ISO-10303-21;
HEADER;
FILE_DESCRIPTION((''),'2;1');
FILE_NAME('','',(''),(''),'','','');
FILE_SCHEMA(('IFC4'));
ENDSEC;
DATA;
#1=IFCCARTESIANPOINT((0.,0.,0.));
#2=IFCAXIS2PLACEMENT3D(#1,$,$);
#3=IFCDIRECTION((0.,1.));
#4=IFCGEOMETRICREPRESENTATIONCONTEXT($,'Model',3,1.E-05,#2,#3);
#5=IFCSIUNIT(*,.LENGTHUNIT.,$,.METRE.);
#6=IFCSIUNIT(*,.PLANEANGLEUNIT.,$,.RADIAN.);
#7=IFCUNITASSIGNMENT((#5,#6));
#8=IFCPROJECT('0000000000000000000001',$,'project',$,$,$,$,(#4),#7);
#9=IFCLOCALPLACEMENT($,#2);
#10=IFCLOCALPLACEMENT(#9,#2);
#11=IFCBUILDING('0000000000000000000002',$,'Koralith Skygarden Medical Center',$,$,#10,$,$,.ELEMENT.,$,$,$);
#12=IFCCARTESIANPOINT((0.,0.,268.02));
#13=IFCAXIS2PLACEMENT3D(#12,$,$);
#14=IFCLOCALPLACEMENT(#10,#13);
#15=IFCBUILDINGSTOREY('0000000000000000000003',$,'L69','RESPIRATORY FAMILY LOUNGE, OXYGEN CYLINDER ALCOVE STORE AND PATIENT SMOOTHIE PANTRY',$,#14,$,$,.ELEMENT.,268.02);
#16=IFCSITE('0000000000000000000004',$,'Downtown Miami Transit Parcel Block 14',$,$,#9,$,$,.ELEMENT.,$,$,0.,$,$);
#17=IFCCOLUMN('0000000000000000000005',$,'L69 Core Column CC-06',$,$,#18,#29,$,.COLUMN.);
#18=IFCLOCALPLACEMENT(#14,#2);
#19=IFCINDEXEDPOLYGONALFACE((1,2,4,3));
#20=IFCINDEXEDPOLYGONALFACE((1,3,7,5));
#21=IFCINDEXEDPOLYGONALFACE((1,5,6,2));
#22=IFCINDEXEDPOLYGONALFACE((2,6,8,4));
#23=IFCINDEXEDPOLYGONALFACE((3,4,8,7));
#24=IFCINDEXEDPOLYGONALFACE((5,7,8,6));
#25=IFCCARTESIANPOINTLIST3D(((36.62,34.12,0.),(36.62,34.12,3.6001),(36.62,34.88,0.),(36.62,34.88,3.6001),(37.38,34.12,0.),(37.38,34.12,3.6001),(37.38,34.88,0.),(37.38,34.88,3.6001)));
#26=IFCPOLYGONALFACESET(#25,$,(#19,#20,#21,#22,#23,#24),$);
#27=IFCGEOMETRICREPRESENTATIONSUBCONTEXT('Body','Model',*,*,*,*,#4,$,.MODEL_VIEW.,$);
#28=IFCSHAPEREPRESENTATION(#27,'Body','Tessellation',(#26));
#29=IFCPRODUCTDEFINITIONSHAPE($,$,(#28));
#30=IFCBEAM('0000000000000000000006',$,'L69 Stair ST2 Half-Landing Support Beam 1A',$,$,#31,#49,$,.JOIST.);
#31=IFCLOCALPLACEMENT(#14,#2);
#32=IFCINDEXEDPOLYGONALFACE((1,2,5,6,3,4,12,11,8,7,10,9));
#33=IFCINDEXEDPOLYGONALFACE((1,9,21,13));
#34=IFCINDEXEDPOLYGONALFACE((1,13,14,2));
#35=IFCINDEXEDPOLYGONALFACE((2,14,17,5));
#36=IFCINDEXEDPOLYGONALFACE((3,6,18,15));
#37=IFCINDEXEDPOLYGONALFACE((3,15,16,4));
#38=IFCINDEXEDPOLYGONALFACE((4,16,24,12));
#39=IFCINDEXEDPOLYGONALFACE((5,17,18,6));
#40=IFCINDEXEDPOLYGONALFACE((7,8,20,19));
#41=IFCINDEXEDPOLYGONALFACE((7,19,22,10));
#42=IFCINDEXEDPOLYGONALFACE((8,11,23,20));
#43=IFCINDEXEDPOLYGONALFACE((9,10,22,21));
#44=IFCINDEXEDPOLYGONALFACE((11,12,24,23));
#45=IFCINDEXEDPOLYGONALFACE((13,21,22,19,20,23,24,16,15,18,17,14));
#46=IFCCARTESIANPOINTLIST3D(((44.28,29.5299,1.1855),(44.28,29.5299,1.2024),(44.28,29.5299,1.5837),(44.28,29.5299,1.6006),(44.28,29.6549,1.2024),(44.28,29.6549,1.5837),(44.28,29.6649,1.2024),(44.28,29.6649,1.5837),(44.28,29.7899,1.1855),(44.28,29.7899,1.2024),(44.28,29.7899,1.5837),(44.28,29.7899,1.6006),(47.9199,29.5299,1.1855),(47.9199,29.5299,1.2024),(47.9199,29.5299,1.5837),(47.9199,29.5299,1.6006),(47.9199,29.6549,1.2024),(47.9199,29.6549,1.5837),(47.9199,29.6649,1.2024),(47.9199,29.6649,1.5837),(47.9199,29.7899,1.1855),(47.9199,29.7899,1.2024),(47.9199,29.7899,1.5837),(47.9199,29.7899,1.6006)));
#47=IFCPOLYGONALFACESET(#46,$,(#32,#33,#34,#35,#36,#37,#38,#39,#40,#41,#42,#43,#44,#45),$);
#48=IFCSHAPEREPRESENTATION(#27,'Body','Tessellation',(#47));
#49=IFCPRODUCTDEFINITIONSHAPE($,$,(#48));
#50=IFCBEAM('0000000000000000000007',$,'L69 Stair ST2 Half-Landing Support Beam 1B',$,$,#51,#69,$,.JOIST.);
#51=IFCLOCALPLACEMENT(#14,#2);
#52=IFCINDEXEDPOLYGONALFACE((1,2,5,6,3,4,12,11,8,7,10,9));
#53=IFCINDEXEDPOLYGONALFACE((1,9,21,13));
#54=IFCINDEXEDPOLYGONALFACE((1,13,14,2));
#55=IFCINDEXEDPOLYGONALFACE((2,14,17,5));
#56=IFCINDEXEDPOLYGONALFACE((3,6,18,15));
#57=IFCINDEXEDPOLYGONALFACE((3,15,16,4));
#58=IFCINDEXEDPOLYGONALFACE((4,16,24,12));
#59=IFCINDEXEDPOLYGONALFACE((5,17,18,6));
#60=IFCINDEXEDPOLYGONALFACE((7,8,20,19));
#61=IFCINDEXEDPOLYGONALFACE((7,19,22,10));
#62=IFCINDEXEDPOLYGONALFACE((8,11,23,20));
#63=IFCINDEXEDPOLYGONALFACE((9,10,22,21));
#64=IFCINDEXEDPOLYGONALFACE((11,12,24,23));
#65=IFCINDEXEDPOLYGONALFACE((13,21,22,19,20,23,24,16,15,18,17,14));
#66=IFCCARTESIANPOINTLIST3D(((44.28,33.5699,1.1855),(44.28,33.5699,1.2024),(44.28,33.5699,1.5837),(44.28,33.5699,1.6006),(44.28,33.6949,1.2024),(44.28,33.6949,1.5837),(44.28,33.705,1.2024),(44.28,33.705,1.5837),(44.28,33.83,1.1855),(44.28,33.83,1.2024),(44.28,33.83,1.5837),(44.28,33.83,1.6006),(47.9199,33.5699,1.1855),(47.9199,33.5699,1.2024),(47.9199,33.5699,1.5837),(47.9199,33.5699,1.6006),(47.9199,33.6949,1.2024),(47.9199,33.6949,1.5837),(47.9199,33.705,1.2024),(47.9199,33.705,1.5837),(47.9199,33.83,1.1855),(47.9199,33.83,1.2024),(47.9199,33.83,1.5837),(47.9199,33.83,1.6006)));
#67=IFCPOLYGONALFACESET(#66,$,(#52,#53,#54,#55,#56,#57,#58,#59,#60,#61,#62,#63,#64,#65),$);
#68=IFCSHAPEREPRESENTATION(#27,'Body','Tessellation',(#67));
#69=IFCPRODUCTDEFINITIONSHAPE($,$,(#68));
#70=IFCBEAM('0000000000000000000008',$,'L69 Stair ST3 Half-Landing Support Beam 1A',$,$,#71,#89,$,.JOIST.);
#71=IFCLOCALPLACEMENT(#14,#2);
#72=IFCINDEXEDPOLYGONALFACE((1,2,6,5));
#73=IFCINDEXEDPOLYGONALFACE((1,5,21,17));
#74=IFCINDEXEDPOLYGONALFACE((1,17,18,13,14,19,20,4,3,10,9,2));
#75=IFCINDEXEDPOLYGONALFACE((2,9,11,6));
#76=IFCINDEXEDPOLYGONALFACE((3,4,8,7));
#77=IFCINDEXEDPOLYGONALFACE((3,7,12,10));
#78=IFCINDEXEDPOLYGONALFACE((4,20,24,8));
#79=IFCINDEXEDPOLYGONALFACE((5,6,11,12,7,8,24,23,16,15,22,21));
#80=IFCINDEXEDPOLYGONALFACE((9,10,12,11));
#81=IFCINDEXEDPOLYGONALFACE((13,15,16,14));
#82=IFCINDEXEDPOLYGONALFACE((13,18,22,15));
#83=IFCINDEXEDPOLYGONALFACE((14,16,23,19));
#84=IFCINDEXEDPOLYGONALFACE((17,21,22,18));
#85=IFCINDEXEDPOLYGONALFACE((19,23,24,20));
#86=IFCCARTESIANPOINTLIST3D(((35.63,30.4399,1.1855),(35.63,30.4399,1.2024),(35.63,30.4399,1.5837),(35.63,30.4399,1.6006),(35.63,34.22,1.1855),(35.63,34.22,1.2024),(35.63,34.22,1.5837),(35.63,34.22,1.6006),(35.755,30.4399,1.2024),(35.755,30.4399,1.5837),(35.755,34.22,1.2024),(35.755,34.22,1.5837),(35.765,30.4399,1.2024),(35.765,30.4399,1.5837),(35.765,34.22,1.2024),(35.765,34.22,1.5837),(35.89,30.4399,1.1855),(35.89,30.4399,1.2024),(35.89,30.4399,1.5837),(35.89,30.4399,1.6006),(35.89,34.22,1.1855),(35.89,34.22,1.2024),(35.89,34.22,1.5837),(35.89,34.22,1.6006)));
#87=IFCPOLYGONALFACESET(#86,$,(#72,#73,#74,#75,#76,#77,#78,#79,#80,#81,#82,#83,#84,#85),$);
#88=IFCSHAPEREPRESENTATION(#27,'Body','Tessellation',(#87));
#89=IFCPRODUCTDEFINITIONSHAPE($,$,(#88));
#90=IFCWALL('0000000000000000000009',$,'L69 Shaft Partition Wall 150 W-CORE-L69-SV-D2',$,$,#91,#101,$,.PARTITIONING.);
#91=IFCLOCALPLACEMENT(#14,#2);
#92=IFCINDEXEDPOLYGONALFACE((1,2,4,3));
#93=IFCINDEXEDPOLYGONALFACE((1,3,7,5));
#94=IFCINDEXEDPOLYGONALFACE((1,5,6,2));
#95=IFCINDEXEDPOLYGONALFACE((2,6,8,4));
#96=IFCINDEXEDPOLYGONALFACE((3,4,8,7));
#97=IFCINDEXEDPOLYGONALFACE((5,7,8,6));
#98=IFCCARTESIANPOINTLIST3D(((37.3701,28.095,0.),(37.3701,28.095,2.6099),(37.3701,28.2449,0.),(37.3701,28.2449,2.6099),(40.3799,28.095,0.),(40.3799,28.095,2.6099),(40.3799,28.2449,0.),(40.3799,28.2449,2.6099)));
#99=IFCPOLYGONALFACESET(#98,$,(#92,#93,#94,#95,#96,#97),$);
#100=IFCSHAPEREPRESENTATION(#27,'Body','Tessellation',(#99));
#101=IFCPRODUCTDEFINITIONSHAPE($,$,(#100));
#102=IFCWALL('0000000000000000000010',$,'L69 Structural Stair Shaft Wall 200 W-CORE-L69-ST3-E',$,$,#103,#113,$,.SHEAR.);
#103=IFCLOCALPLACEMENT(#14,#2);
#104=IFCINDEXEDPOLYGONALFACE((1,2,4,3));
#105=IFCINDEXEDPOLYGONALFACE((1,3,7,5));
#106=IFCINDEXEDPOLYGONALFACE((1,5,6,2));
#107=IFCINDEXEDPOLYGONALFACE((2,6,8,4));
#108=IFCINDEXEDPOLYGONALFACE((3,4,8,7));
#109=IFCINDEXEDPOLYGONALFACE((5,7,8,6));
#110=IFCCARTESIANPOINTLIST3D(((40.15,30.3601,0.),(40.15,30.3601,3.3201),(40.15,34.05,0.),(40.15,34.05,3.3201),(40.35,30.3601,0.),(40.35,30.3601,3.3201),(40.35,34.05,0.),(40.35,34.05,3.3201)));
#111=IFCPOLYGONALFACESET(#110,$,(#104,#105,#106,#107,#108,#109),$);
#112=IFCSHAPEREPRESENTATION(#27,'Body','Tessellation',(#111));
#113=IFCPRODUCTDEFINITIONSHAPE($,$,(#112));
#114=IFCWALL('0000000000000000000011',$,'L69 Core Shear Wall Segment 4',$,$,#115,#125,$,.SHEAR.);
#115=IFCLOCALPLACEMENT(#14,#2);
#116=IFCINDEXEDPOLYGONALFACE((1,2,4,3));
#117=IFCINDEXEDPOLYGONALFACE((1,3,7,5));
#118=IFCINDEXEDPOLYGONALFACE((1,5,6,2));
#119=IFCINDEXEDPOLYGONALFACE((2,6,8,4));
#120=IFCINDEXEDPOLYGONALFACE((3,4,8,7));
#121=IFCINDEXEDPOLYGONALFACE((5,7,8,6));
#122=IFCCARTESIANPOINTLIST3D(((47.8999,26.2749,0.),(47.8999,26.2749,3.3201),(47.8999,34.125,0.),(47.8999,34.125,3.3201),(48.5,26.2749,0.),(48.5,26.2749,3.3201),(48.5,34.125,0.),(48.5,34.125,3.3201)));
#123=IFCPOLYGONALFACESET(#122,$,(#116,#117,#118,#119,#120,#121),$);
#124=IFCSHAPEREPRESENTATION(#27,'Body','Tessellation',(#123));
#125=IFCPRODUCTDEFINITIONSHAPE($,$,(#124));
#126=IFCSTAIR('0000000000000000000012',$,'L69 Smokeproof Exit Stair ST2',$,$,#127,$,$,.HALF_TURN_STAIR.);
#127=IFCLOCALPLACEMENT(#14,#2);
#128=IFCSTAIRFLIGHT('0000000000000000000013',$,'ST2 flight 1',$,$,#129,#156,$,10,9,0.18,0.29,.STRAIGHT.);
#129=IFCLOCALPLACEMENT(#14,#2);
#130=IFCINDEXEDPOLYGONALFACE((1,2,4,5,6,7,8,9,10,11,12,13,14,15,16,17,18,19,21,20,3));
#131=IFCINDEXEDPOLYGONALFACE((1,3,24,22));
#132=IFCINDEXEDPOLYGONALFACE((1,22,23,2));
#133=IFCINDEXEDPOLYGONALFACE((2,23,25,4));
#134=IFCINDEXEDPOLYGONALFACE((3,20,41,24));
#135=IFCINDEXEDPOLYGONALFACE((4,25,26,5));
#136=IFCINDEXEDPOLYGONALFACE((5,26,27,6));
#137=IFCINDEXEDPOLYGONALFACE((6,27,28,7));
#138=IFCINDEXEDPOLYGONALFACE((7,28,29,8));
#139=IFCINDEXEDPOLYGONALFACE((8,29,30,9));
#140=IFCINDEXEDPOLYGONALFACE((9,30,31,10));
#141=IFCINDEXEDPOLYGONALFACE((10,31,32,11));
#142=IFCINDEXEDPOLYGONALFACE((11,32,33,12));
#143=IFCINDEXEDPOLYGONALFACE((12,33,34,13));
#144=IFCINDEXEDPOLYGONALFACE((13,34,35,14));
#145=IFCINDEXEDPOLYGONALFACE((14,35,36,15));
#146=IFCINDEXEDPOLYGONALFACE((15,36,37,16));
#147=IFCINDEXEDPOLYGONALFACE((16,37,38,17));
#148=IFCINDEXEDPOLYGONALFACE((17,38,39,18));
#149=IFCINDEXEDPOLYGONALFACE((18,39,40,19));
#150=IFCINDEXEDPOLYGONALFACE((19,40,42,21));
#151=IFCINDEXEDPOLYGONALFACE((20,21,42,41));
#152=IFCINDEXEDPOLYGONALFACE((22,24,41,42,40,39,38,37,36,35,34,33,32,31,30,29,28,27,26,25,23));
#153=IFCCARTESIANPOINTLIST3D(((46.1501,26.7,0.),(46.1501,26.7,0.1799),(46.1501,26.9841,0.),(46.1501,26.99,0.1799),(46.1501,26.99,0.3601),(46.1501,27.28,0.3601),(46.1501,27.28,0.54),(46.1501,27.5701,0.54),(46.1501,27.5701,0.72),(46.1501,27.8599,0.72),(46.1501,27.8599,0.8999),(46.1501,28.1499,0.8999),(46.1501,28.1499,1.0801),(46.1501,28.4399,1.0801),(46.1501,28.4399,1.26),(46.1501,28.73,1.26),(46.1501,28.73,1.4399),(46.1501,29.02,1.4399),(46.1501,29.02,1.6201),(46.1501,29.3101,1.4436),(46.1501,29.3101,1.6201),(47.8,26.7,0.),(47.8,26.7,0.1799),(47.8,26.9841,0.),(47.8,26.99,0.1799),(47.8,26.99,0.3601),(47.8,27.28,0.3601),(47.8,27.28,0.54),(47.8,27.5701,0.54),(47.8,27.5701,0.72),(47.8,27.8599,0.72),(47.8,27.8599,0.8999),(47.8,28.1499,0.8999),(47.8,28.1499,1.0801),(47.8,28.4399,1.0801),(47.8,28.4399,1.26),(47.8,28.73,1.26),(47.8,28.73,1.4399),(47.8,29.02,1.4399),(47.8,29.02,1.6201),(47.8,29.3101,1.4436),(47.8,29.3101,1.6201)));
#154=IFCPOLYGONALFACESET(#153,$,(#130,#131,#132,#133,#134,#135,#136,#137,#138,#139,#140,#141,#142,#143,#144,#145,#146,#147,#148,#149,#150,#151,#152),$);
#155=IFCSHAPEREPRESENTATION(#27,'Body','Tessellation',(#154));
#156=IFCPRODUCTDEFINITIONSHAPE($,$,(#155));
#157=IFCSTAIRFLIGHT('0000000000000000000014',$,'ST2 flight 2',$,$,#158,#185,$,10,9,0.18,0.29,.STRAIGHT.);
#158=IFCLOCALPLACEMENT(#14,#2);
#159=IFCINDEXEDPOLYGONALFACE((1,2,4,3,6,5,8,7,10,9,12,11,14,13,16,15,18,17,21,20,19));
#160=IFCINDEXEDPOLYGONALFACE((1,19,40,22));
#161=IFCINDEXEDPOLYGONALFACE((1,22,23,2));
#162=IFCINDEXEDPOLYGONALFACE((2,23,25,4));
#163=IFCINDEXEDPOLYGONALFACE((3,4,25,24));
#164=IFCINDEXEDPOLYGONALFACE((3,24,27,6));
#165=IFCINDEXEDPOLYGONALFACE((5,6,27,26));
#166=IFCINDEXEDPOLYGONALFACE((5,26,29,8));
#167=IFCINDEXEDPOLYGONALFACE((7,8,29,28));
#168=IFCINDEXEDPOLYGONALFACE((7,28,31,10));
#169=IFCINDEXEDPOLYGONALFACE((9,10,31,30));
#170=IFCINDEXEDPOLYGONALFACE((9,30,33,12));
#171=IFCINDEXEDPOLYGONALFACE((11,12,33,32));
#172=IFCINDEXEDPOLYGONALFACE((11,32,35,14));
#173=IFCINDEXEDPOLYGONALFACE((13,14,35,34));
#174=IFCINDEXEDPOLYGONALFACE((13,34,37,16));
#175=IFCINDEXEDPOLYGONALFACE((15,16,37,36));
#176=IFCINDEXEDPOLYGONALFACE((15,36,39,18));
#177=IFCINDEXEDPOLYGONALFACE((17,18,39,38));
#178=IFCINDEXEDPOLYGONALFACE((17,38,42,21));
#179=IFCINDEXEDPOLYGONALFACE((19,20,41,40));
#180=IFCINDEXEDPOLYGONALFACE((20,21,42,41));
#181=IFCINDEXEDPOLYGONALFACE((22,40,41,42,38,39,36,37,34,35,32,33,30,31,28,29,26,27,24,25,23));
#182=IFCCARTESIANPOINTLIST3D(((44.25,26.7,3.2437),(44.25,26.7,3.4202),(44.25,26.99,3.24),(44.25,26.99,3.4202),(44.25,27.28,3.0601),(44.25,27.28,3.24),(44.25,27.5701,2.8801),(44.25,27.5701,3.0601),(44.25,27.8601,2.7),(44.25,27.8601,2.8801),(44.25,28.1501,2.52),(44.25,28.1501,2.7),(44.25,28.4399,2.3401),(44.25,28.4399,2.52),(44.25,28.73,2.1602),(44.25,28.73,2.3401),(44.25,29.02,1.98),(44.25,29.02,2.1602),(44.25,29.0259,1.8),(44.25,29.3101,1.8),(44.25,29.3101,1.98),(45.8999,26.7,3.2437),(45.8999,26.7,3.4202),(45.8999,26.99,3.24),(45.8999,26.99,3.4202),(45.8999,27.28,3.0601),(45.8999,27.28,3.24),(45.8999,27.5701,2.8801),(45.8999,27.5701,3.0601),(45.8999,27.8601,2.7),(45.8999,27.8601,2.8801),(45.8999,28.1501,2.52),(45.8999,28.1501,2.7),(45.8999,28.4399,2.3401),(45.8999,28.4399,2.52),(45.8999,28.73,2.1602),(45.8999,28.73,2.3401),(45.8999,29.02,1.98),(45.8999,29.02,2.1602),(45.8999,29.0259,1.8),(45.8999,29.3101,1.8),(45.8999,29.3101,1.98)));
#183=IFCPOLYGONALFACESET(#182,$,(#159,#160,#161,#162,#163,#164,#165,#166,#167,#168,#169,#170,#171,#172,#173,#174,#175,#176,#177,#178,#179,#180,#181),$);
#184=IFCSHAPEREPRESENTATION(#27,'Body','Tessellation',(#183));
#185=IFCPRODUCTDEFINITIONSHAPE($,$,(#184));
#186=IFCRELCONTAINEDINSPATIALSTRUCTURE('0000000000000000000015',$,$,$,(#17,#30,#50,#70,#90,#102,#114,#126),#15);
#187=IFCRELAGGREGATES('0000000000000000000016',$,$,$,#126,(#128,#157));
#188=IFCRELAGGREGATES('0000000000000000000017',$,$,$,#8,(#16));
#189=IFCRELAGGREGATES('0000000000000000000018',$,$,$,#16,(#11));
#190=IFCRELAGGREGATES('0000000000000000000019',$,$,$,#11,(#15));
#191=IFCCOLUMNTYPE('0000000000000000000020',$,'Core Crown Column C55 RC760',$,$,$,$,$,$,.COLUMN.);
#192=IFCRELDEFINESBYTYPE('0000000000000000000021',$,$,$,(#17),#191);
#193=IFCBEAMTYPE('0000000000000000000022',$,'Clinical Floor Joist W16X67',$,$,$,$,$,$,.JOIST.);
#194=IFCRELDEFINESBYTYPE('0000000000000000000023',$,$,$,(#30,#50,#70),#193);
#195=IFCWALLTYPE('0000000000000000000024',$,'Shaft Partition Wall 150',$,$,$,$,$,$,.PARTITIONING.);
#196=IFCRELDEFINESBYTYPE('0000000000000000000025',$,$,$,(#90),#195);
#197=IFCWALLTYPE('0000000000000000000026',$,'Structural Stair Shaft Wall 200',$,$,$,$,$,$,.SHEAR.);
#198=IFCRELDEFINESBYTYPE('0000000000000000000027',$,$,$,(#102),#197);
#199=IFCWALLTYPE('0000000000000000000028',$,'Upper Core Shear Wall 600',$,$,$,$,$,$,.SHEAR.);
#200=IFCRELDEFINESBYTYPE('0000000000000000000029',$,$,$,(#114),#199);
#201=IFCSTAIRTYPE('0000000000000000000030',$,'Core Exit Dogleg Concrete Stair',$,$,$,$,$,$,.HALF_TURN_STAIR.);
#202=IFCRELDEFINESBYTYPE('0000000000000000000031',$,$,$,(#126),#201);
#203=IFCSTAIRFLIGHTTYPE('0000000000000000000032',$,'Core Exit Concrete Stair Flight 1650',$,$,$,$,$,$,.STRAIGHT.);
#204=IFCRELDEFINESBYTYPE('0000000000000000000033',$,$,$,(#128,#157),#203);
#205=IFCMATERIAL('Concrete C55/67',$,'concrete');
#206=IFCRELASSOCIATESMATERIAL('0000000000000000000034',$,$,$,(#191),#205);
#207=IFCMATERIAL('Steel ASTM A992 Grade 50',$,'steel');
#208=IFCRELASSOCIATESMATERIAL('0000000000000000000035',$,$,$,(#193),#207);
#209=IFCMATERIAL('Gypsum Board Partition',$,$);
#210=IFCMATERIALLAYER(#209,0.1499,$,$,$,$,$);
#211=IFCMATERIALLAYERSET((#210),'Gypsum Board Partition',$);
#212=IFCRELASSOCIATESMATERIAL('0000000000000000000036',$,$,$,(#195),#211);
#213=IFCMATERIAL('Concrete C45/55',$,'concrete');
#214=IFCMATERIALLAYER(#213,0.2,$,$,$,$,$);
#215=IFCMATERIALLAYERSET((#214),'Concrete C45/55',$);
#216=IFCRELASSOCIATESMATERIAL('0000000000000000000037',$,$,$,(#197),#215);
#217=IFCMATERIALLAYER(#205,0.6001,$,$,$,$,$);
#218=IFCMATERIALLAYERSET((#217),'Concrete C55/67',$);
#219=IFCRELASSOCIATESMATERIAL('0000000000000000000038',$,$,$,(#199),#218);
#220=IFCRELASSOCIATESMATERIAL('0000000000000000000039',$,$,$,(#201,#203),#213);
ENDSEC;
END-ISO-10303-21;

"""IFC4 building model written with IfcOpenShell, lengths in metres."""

from ifc_helpers import new_model, si_unit, direction, frame, frame_2d, origin, origin_2d, place, context, subcontext, project, spatial, polyline, rectangle, i_section, outline, extrude, material, layer, layer_set, material_profile, profile_set, type_object, element, aggregate, save


model = new_model("IFC4")

# Units and contexts
model_context = context("Model", 3, precision=1e-05, world=origin(), true_north=direction((0.0, 1.0)))
body_context = subcontext(model_context, "Body", "Model", "MODEL_VIEW")
ifc_project = project(units=[si_unit("LENGTHUNIT", "METRE"), si_unit("PLANEANGLEUNIT", "RADIAN")], contexts=[model_context])

# Site, building, storey
site_placement = place(None, origin())
site = spatial("IfcSite", under=ifc_project, at=site_placement, Name="Downtown Miami Transit Parcel Block 14", CompositionType="ELEMENT", RefElevation=0.0)
building_placement = place(site_placement, origin())
building = spatial("IfcBuilding", under=site, at=building_placement, Name="Koralith Skygarden Medical Center", CompositionType="ELEMENT")
storey_placement = place(building_placement, frame((0.0, 0.0, 268.02)))
storey = spatial("IfcBuildingStorey", under=building, at=storey_placement, Name="L69", Description="RESPIRATORY FAMILY LOUNGE, OXYGEN CYLINDER ALCOVE STORE AND PATIENT SMOOTHIE PANTRY", CompositionType="ELEMENT", Elevation=268.02)

# Column
ifc_material_1 = material(Name="Concrete C55/67", Category="concrete")
ifc_material_profile_1 = material_profile(ifc_material_1, rectangle(XDim=0.76, YDim=0.76, at=origin_2d()), Name="RC760X760")
ifc_profile_set_1 = profile_set([ifc_material_profile_1], Name="Concrete C55/67")
column_type = type_object("IfcColumnType", Name="Core Crown Column C55 RC760", PredefinedType="COLUMN", material=ifc_profile_set_1)
column_placement = place(storey_placement, frame((37.0, 34.5, 0.0), z_axis=(0.0, 0.0, 1.0), x_axis=(1.0, 0.0, 0.0)))
element("IfcColumn", 1, at=column_placement, inside=storey, type_object=column_type, Name="L69 Core Column CC-06", PredefinedType="COLUMN", context=body_context, shape_type="SweptSolid", body=[
    extrude(rectangle(XDim=0.76, YDim=0.76, at=origin_2d()), origin(), (0.0, 0.0, 1.0), 3.6001),
])

# Beams
ifc_material_2 = material(Name="Steel ASTM A992 Grade 50", Category="steel")
ifc_material_profile_2 = material_profile(ifc_material_2, i_section(OverallWidth=0.26, OverallDepth=0.415, WebThickness=0.01, FlangeThickness=0.0168, at=origin_2d()), Name="W16X67")
ifc_profile_set_2 = profile_set([ifc_material_profile_2], Name="Steel ASTM A992 Grade 50")
beam_type = type_object("IfcBeamType", Name="Clinical Floor Joist W16X67", PredefinedType="JOIST", material=ifc_profile_set_2)
for number, where, z_axis, x_axis, name in (
    (2, (44.28, 29.6599, 1.3931), (1.0, 0.0, 0.0), (0.0, 1.0, 0.0), "L69 Stair ST2 Half-Landing Support Beam 1A"),
    (3, (44.28, 33.7, 1.3931), (1.0, 0.0, 0.0), (0.0, 1.0, 0.0), "L69 Stair ST2 Half-Landing Support Beam 1B"),
):
    element("IfcBeam", number, at=place(storey_placement, frame(where, z_axis=z_axis, x_axis=x_axis)), inside=storey, type_object=beam_type, Name=name, PredefinedType="JOIST", context=body_context, shape_type="SweptSolid", body=[
        extrude(i_section(OverallWidth=0.26, OverallDepth=0.415, WebThickness=0.01, FlangeThickness=0.0168, at=origin_2d()), origin(), (0.0, 0.0, 1.0), 3.6399),
    ])
beam_placement = place(storey_placement, frame((35.76, 30.4399, 1.3931), z_axis=(0.0, 1.0, 0.0), x_axis=(-1.0, 0.0, 0.0)))
element("IfcBeam", 4, at=beam_placement, inside=storey, type_object=beam_type, Name="L69 Stair ST3 Half-Landing Support Beam 1A", PredefinedType="JOIST", context=body_context, shape_type="SweptSolid", body=[
    extrude(i_section(OverallWidth=0.26, OverallDepth=0.415, WebThickness=0.01, FlangeThickness=0.0168, at=origin_2d()), origin(), (0.0, 0.0, 1.0), 3.78),
])

# Walls
ifc_material_3 = material(Name="Gypsum Board Partition")
ifc_layer_1 = layer(ifc_material_3, 0.1499)
ifc_layer_set_1 = layer_set([ifc_layer_1], Name="Gypsum Board Partition")
wall_type_1 = type_object("IfcWallType", Name="Shaft Partition Wall 150", PredefinedType="PARTITIONING", material=ifc_layer_set_1)
wall_1_placement = place(storey_placement, frame((37.3701, 28.1699, 0.0), z_axis=(0.0, 0.0, 1.0), x_axis=(1.0, 0.0, 0.0)))
element("IfcWall", 5, at=wall_1_placement, inside=storey, type_object=wall_type_1, Name="L69 Shaft Partition Wall 150 W-CORE-L69-SV-D2", PredefinedType="PARTITIONING", context=body_context, shape_type="SweptSolid", body=[
    extrude(rectangle(XDim=3.0098, YDim=0.1499, at=frame_2d((1.5049, 0.0))), origin(), (0.0, 0.0, 1.0), 2.6099),
])
ifc_material_4 = material(Name="Concrete C45/55", Category="concrete")
ifc_layer_2 = layer(ifc_material_4, 0.2)
ifc_layer_set_2 = layer_set([ifc_layer_2], Name="Concrete C45/55")
wall_type_2 = type_object("IfcWallType", Name="Structural Stair Shaft Wall 200", PredefinedType="SHEAR", material=ifc_layer_set_2)
wall_2_placement = place(storey_placement, frame((40.25, 30.3601, 0.0), z_axis=(0.0, 0.0, 1.0), x_axis=(0.0, 1.0, 0.0)))
element("IfcWall", 6, at=wall_2_placement, inside=storey, type_object=wall_type_2, Name="L69 Structural Stair Shaft Wall 200 W-CORE-L69-ST3-E", PredefinedType="SHEAR", context=body_context, shape_type="SweptSolid", body=[
    extrude(rectangle(XDim=3.6899, YDim=0.2, at=frame_2d((1.845, 0.0))), origin(), (0.0, 0.0, 1.0), 3.3201),
])
ifc_layer_3 = layer(ifc_material_1, 0.6001)
ifc_layer_set_3 = layer_set([ifc_layer_3], Name="Concrete C55/67")
wall_type_3 = type_object("IfcWallType", Name="Upper Core Shear Wall 600", PredefinedType="SHEAR", material=ifc_layer_set_3)
wall_3_placement = place(storey_placement, frame((48.2, 26.2749, 0.0), z_axis=(0.0, 0.0, 1.0), x_axis=(0.0, 1.0, 0.0)))
element("IfcWall", 7, at=wall_3_placement, inside=storey, type_object=wall_type_3, Name="L69 Core Shear Wall Segment 4", PredefinedType="SHEAR", context=body_context, shape_type="SweptSolid", body=[
    extrude(rectangle(XDim=7.8501, YDim=0.6001, at=frame_2d((3.925, 0.0))), origin(), (0.0, 0.0, 1.0), 3.3201),
])

# Stair, stair flights
stair_type = type_object("IfcStairType", Name="Core Exit Dogleg Concrete Stair", PredefinedType="HALF_TURN_STAIR", material=ifc_material_4)
stair_placement = place(storey_placement, origin())
stair = element("IfcStair", 8, at=stair_placement, inside=storey, type_object=stair_type, Name="L69 Smokeproof Exit Stair ST2", PredefinedType="HALF_TURN_STAIR")
stair_flight_type = type_object("IfcStairFlightType", Name="Core Exit Concrete Stair Flight 1650", PredefinedType="STRAIGHT", material=ifc_material_4)
stair_flight_1_placement = place(storey_placement, frame((46.9751, 26.7, 0.0), z_axis=(0.0, 0.0, 1.0), x_axis=(0.0, 1.0, 0.0)))
stair_flight_1 = element("IfcStairFlight", 9, at=stair_flight_1_placement, type_object=stair_flight_type, Name="ST2 flight 1", NumberOfRisers=10, NumberOfTreads=9, PredefinedType="STRAIGHT", RiserHeight=0.18, TreadLength=0.29, context=body_context, shape_type="SweptSolid", body=[
    extrude(outline(polyline([(0.0, 0.0), (0.0, 0.1799), (0.29, 0.1799), (0.29, 0.3601), (0.5801, 0.3601), (0.5801, 0.54), (0.8701, 0.54), (0.8701, 0.72), (1.1599, 0.72), (1.1599, 0.8999), (1.45, 0.8999), (1.45, 1.0801), (1.74, 1.0801), (1.74, 1.26), (2.03, 1.26), (2.03, 1.4399), (2.3201, 1.4399), (2.3201, 1.6201), (2.6101, 1.6201), (2.6101, 1.8), (2.6101, 1.4436), (0.2842, 0.0), (0.0, 0.0)])), frame((0.0, 0.825, 0.0), z_axis=(0.0, -1.0, 0.0), x_axis=(1.0, 0.0, 0.0)), (0.0, 0.0, 1.0), 1.6499),
])
stair_flight_2_placement = place(storey_placement, frame((45.075, 29.3101, 1.8), z_axis=(0.0, 0.0, 1.0), x_axis=(0.0, -1.0, 0.0)))
stair_flight_2 = element("IfcStairFlight", 10, at=stair_flight_2_placement, type_object=stair_flight_type, Name="ST2 flight 2", NumberOfRisers=10, NumberOfTreads=9, PredefinedType="STRAIGHT", RiserHeight=0.18, TreadLength=0.29, context=body_context, shape_type="SweptSolid", body=[
    extrude(outline(polyline([(0.0, 0.0), (0.0, 0.1799), (0.29, 0.1799), (0.29, 0.3601), (0.5801, 0.3601), (0.5801, 0.54), (0.8701, 0.54), (0.8701, 0.72), (1.1599, 0.72), (1.1599, 0.8999), (1.45, 0.8999), (1.45, 1.0801), (1.74, 1.0801), (1.74, 1.26), (2.03, 1.26), (2.03, 1.4399), (2.3201, 1.4399), (2.3201, 1.6201), (2.6101, 1.6201), (2.6101, 1.8), (2.6101, 1.4436), (0.2842, 0.0), (0.0, 0.0)])), frame((0.0, 0.825, 0.0), z_axis=(0.0, -1.0, 0.0), x_axis=(1.0, 0.0, 0.0)), (0.0, 0.0, 1.0), 1.6499),
])
aggregate(stair, [stair_flight_1, stair_flight_2])

save(model, "model.ifc")
